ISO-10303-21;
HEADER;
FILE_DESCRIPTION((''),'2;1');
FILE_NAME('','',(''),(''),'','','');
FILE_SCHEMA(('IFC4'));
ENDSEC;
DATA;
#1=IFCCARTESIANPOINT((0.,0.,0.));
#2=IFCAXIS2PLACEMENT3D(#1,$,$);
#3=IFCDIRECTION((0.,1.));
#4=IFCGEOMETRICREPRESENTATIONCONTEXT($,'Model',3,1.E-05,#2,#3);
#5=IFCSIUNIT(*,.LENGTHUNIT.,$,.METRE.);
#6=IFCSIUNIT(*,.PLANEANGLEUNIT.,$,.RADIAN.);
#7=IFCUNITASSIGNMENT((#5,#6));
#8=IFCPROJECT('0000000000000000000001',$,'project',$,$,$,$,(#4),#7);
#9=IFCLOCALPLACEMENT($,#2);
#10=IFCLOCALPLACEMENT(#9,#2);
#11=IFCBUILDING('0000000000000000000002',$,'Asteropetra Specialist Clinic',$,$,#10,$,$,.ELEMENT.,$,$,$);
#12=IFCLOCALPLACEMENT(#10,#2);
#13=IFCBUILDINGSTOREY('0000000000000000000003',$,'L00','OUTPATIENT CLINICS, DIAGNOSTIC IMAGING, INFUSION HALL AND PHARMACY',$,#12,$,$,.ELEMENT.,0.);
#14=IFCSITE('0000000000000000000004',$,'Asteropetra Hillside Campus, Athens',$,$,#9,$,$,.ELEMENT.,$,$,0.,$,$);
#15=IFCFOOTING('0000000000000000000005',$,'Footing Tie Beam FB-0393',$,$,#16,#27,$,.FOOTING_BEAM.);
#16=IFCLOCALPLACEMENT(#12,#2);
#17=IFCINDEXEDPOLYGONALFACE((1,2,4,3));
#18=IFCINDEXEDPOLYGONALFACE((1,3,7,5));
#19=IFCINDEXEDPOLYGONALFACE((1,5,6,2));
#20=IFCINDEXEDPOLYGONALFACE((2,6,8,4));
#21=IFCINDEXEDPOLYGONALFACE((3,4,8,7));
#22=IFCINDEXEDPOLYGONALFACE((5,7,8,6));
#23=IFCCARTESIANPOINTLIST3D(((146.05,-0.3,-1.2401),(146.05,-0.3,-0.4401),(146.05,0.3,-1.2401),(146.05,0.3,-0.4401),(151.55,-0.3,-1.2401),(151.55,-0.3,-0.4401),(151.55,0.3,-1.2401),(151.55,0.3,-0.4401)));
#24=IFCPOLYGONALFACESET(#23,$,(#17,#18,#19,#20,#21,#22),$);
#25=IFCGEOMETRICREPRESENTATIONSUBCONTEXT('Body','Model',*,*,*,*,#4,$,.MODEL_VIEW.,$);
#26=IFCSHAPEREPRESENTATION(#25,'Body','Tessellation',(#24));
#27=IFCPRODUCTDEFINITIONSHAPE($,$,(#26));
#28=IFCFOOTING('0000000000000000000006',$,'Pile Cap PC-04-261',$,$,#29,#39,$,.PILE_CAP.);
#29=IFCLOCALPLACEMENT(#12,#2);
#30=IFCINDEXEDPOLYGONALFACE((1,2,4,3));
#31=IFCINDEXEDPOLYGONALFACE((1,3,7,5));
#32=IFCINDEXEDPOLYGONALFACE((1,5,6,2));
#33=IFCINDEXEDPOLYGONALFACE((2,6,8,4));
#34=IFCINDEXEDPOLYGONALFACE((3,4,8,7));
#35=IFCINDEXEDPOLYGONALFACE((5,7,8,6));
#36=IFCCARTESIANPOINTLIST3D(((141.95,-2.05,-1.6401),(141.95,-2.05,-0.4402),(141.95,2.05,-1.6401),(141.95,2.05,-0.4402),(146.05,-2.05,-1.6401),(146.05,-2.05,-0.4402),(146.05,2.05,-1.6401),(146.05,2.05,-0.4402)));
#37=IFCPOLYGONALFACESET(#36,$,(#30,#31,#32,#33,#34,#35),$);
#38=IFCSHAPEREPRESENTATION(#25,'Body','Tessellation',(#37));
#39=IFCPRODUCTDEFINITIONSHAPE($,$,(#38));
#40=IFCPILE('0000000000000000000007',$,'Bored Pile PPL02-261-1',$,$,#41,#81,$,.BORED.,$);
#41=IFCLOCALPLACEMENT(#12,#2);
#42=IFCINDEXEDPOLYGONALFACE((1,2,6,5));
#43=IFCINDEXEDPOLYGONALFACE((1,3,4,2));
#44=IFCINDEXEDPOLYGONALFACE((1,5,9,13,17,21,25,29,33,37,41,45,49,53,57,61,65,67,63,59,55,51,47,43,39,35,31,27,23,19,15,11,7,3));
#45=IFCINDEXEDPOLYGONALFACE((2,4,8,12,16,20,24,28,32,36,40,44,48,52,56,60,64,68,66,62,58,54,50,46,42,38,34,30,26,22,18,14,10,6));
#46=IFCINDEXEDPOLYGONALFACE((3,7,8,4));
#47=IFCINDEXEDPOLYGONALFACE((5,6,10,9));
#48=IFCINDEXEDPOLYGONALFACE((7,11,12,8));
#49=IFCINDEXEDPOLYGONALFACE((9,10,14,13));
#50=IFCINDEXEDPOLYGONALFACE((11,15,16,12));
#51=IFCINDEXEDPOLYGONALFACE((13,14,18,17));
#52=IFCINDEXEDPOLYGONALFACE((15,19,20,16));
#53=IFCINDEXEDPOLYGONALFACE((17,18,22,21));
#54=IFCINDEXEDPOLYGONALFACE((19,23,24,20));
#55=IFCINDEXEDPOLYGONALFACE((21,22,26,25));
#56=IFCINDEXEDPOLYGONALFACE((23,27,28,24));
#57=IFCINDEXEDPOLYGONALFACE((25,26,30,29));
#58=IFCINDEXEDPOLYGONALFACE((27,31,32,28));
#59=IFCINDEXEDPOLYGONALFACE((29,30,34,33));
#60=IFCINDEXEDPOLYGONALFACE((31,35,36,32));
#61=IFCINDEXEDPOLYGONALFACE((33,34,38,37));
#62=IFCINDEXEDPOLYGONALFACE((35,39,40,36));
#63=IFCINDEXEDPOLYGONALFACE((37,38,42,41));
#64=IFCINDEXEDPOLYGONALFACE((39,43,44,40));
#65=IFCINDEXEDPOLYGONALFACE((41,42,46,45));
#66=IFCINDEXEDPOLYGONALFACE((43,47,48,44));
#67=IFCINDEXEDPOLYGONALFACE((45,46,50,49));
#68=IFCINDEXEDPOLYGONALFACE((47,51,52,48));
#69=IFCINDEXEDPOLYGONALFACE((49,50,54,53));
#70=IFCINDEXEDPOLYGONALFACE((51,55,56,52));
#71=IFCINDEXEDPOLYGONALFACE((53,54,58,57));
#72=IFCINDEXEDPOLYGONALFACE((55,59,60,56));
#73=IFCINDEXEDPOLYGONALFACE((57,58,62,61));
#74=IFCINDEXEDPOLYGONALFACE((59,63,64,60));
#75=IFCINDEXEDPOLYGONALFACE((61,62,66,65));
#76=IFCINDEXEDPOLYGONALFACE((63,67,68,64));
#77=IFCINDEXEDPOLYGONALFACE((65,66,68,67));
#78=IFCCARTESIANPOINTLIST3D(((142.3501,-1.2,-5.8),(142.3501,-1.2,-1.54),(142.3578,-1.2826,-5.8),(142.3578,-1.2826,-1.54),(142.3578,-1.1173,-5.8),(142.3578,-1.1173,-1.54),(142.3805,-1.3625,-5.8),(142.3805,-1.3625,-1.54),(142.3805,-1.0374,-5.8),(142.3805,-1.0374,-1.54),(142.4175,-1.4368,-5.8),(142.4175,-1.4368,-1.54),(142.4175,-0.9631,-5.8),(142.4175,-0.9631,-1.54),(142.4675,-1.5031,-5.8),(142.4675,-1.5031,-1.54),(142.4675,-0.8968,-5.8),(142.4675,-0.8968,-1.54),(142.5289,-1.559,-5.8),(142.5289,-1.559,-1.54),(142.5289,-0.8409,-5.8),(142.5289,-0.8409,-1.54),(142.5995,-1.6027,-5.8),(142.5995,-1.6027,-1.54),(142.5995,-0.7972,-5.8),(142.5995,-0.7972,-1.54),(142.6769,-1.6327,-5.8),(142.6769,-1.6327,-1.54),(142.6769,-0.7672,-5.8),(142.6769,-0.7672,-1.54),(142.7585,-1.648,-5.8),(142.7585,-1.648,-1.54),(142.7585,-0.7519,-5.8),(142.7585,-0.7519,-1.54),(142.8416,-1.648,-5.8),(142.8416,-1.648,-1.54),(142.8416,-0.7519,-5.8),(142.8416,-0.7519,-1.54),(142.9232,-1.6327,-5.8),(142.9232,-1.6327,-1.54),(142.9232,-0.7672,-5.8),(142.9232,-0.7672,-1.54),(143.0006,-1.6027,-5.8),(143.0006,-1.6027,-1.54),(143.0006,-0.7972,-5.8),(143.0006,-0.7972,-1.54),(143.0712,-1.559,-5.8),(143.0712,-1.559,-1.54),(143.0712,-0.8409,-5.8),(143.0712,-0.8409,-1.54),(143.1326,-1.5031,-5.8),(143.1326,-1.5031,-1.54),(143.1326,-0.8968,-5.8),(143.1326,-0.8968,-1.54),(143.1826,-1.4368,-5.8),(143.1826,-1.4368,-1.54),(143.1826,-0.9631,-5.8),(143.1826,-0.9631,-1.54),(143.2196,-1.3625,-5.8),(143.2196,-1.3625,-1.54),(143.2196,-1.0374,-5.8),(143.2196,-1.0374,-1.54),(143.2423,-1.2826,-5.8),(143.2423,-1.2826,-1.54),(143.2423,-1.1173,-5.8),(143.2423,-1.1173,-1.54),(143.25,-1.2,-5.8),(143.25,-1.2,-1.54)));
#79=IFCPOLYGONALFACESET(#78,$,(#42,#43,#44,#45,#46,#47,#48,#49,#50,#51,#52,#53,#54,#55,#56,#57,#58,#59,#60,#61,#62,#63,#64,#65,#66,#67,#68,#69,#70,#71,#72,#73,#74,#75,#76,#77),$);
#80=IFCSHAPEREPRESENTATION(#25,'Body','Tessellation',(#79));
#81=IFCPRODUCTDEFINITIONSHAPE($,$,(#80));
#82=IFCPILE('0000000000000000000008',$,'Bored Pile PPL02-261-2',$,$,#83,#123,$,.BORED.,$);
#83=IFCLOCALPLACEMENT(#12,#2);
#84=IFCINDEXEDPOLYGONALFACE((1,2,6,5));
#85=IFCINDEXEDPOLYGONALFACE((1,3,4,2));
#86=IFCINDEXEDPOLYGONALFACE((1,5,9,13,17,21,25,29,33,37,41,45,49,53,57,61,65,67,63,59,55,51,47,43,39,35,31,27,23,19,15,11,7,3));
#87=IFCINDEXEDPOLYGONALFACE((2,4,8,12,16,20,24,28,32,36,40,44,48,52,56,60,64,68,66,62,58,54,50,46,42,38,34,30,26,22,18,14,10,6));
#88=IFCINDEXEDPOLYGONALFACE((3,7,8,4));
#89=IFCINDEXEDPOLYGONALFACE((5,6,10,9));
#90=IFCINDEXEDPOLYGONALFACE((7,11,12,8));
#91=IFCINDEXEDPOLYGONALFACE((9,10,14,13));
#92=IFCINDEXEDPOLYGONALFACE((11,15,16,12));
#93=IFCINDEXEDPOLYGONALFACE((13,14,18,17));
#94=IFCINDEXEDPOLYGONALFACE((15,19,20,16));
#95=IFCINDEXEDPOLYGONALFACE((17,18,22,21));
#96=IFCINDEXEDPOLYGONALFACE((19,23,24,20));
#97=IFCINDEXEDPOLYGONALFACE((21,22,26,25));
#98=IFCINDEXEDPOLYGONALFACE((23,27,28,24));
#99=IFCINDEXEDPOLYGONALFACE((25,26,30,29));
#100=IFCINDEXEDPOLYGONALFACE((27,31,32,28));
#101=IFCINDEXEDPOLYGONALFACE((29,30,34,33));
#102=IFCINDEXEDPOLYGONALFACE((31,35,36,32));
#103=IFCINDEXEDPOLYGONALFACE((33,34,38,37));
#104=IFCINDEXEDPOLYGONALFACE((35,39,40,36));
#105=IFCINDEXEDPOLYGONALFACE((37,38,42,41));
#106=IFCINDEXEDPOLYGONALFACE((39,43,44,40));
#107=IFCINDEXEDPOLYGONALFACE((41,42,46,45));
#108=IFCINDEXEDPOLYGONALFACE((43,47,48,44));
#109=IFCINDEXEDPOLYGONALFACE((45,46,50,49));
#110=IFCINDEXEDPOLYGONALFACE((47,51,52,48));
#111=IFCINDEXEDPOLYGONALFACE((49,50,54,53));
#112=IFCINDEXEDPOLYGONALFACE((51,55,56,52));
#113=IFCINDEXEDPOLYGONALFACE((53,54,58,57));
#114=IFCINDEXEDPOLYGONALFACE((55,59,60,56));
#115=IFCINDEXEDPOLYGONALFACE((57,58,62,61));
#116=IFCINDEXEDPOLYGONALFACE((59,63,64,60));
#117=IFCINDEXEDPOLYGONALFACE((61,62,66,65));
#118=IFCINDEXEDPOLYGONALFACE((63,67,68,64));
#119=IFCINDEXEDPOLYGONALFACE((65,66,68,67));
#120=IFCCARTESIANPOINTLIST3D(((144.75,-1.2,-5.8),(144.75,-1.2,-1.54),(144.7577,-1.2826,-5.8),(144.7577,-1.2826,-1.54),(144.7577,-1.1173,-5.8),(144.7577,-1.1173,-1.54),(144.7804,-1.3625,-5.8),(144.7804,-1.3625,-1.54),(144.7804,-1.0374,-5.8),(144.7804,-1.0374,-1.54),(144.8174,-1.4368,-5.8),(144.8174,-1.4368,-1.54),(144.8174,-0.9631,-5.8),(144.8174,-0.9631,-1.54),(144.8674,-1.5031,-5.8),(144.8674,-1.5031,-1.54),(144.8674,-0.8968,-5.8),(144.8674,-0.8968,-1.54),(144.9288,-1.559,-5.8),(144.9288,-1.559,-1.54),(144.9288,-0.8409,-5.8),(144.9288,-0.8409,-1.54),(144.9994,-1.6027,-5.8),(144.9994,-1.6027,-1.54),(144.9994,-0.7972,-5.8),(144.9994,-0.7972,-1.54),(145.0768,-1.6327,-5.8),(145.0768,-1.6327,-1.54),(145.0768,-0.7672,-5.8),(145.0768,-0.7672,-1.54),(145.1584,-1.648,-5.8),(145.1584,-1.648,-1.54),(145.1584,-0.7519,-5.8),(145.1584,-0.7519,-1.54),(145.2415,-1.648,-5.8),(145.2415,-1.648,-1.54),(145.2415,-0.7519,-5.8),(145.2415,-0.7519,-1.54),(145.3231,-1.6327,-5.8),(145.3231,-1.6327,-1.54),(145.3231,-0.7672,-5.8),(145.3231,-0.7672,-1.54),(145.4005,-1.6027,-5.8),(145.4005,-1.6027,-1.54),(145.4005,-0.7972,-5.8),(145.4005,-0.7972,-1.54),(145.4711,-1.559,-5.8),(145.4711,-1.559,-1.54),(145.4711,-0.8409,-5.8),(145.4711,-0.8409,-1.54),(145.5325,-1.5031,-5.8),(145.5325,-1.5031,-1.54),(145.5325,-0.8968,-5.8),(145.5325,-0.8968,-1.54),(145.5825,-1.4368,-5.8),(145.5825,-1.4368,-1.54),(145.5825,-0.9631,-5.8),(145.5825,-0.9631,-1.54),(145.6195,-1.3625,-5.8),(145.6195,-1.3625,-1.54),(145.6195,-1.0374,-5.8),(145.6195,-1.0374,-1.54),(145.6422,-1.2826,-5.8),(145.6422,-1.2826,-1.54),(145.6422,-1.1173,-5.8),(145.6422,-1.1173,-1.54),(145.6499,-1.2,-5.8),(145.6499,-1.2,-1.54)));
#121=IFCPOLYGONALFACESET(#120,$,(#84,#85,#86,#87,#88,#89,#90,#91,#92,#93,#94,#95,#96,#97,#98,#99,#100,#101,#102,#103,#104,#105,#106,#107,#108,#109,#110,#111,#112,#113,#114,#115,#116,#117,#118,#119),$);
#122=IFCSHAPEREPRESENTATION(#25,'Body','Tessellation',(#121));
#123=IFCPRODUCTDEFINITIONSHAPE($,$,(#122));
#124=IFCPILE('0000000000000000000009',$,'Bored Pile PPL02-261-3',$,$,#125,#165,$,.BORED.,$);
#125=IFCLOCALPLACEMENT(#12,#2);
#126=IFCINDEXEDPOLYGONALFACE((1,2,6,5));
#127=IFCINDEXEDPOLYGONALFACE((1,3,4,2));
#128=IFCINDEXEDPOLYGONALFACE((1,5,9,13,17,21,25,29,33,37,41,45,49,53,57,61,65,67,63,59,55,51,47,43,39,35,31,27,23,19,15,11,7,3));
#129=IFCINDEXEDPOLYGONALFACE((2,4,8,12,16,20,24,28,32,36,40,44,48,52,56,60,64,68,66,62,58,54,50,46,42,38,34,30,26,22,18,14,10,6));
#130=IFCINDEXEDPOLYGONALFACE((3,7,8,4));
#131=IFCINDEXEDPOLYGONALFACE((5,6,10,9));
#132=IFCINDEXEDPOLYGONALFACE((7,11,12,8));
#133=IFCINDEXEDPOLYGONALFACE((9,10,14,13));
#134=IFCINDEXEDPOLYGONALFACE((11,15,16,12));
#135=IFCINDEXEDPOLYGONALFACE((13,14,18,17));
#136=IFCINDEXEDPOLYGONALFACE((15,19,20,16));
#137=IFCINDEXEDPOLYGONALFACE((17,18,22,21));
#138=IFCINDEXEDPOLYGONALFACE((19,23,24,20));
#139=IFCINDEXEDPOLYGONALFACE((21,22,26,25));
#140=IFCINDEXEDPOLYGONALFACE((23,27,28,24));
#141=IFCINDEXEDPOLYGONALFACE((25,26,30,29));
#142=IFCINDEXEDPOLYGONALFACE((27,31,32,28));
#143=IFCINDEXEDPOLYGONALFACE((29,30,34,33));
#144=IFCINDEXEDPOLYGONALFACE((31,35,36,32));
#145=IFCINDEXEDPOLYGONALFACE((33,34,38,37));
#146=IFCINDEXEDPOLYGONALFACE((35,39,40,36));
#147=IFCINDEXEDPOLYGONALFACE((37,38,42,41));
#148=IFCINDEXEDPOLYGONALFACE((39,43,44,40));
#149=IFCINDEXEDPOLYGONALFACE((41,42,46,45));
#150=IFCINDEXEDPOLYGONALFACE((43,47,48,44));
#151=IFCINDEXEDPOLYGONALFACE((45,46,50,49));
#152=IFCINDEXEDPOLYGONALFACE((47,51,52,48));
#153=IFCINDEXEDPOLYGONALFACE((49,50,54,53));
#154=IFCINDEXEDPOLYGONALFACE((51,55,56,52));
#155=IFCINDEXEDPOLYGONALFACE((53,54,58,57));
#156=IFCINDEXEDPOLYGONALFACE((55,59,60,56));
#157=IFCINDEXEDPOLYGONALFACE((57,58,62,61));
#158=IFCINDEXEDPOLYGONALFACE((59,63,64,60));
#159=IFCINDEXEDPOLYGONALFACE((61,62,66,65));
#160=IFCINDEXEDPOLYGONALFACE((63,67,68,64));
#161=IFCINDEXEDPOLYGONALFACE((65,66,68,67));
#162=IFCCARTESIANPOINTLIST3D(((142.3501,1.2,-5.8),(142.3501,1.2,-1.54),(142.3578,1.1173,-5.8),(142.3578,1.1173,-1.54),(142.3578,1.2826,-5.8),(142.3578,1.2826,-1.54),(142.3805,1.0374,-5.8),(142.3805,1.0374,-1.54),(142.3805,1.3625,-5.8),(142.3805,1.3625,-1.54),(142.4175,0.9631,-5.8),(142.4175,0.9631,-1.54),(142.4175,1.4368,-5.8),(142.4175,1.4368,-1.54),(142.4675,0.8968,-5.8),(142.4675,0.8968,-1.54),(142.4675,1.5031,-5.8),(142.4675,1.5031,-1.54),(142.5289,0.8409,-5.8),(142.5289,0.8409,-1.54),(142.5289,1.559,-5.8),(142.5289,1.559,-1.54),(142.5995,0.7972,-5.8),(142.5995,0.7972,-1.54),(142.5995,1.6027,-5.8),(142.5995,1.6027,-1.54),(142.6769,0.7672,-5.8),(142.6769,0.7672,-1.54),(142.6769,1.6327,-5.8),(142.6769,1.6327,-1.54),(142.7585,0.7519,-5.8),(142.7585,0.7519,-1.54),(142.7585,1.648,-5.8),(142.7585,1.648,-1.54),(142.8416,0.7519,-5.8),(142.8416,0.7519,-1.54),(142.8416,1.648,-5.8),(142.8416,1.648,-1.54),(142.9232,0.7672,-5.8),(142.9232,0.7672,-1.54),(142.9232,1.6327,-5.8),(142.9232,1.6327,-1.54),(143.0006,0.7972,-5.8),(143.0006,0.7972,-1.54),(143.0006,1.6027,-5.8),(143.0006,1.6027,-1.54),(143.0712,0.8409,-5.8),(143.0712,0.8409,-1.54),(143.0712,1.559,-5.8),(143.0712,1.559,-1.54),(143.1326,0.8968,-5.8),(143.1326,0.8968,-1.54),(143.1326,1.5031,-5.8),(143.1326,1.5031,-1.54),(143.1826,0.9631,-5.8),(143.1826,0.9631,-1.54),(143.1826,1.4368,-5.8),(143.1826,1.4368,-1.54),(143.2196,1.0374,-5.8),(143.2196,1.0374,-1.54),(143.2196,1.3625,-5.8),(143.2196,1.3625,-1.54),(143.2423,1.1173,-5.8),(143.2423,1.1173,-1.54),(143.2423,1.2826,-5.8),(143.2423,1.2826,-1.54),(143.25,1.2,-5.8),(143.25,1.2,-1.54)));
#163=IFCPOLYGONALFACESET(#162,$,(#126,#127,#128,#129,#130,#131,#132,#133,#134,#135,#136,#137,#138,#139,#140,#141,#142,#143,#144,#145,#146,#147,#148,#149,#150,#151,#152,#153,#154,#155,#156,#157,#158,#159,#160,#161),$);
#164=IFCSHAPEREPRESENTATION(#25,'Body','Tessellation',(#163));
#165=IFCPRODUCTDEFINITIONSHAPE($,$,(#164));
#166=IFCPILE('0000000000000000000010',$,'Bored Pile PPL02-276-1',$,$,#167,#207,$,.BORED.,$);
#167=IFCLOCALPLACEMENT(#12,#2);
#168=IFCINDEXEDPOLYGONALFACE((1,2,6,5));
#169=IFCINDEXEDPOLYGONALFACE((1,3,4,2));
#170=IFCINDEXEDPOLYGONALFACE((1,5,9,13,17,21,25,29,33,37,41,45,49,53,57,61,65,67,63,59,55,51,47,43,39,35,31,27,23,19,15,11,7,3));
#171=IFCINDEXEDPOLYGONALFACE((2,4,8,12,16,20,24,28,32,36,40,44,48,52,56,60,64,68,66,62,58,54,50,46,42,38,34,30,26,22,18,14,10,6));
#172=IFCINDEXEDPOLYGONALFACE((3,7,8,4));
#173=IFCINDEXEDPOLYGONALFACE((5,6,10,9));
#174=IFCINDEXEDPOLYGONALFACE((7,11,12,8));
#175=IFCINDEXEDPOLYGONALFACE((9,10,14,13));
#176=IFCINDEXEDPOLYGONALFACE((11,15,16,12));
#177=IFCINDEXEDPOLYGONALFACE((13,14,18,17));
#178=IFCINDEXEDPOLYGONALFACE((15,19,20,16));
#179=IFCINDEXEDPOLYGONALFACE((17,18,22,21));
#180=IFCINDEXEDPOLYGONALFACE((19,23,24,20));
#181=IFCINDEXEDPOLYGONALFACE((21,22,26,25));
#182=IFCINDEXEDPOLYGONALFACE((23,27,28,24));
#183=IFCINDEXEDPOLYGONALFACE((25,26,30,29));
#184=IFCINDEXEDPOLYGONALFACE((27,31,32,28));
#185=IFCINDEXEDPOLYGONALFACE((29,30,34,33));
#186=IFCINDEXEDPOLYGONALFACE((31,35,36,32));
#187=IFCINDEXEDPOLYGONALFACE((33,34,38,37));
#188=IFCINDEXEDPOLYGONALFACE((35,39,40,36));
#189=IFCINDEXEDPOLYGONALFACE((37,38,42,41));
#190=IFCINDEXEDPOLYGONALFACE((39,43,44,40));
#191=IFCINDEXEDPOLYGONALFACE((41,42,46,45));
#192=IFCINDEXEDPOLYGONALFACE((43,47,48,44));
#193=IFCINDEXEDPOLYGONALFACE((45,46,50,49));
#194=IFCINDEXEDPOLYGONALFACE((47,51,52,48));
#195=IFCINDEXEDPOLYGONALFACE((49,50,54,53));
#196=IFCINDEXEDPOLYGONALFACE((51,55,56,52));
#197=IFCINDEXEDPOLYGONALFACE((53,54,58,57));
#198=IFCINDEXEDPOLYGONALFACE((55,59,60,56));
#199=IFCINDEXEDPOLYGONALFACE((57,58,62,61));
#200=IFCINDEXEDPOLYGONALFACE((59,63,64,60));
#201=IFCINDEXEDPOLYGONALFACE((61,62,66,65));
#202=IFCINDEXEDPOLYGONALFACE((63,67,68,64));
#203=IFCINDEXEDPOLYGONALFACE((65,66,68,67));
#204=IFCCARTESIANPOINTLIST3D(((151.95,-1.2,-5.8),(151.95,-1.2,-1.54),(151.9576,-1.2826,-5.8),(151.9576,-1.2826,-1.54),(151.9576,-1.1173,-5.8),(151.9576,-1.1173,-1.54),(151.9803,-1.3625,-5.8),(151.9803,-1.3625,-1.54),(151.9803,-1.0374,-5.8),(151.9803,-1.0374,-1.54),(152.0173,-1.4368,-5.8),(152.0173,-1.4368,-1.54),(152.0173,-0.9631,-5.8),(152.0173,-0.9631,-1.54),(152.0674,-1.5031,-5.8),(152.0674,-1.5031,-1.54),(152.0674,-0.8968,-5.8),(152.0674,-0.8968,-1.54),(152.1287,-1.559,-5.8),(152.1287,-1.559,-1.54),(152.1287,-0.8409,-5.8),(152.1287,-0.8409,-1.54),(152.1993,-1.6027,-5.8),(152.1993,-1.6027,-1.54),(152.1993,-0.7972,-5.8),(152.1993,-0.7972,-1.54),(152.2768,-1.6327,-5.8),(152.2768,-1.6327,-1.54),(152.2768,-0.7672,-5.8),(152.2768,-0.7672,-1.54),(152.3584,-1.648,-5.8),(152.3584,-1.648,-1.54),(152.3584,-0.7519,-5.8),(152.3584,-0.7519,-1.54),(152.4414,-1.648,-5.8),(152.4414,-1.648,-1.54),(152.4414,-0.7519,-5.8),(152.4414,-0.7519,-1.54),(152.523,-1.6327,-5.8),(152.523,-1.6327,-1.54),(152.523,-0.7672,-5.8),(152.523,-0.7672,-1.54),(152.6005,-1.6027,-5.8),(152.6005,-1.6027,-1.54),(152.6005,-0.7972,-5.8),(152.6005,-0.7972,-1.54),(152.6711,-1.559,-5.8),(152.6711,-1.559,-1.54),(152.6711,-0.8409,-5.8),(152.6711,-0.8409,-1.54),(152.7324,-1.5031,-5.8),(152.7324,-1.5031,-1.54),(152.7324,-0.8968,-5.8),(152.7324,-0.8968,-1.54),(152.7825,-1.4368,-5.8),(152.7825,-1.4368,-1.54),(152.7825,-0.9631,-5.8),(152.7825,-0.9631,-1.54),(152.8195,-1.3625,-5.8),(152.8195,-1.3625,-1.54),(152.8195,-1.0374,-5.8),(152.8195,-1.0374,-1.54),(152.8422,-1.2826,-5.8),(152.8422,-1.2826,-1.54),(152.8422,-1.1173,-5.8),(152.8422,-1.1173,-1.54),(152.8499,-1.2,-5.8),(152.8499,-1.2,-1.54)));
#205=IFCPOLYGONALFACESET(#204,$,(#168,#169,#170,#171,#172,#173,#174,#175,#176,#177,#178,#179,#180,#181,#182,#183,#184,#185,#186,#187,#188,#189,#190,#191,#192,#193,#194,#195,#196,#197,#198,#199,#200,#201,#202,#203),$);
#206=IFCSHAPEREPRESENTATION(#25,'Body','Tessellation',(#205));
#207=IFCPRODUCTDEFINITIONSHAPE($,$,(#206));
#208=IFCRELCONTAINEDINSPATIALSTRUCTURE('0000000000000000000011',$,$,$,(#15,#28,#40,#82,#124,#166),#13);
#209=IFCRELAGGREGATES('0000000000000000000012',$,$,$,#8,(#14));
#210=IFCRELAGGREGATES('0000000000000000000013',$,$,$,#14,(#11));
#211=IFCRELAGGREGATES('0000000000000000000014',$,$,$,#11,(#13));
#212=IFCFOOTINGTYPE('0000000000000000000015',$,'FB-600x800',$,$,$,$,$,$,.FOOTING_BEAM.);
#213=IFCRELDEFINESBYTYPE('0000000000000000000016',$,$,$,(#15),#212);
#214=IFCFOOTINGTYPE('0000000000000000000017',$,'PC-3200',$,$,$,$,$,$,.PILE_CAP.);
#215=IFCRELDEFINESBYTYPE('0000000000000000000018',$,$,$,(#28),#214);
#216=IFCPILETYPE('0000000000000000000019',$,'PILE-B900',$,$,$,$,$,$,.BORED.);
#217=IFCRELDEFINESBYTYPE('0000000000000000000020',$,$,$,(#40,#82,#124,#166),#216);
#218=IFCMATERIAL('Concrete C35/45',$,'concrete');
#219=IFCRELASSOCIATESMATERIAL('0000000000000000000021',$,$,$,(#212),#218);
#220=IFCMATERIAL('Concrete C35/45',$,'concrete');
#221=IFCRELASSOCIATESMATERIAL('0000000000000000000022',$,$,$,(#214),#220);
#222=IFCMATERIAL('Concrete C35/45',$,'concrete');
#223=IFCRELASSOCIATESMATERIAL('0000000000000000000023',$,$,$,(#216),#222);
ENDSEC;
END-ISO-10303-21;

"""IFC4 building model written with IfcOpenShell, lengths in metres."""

from ifc_helpers import new_model, si_unit, direction, frame, origin, origin_2d, place, context, subcontext, project, spatial, rectangle, circle, extrude, material, material_profile, profile_set, type_object, element, save


model = new_model("IFC4")

# Units and contexts
model_context = context("Model", 3, precision=1e-05, world=origin(), true_north=direction((0.0, 1.0)))
body_context = subcontext(model_context, "Body", "Model", "MODEL_VIEW")
ifc_project = project(units=[si_unit("LENGTHUNIT", "METRE"), si_unit("PLANEANGLEUNIT", "RADIAN")], contexts=[model_context])

# Site, building, storey
site_placement = place(None, origin())
site = spatial("IfcSite", under=ifc_project, at=site_placement, Name="Asteropetra Hillside Campus, Athens", CompositionType="ELEMENT", RefElevation=0.0)
building_placement = place(site_placement, origin())
building = spatial("IfcBuilding", under=site, at=building_placement, Name="Asteropetra Specialist Clinic", CompositionType="ELEMENT")
storey_placement = place(building_placement, origin())
storey = spatial("IfcBuildingStorey", under=building, at=storey_placement, Name="L00", Description="OUTPATIENT CLINICS, DIAGNOSTIC IMAGING, INFUSION HALL AND PHARMACY", CompositionType="ELEMENT", Elevation=0.0)

# Footings
ifc_material_1 = material(Name="Concrete C35/45", Category="concrete")
ifc_material_profile_1 = material_profile(ifc_material_1, rectangle(XDim=0.6001, YDim=0.8, at=origin_2d()), Name="FB 600x800")
ifc_profile_set_1 = profile_set([ifc_material_profile_1], Name="Concrete C35/45")
footing_type_1 = type_object("IfcFootingType", Name="FB-600x800", PredefinedType="FOOTING_BEAM", material=ifc_profile_set_1)
footing_1_placement = place(storey_placement, frame((146.05, 0.0, -0.8401), z_axis=(1.0, 0.0, 0.0), x_axis=(0.0, 1.0, 0.0)))
element("IfcFooting", 1, at=footing_1_placement, inside=storey, type_object=footing_type_1, Name="Footing Tie Beam FB-0393", PredefinedType="FOOTING_BEAM", context=body_context, shape_type="SweptSolid", body=[
    extrude(rectangle(XDim=0.6001, YDim=0.8, at=origin_2d()), origin(), (0.0, 0.0, 1.0), 5.5),
])
ifc_material_2 = material(Name="Concrete C35/45", Category="concrete")
footing_type_2 = type_object("IfcFootingType", Name="PC-3200", PredefinedType="PILE_CAP", material=ifc_material_2)
footing_2_placement = place(storey_placement, frame((144.0, 0.0, -1.6401), z_axis=(0.0, 0.0, 1.0), x_axis=(1.0, 0.0, 0.0)))
element("IfcFooting", 2, at=footing_2_placement, inside=storey, type_object=footing_type_2, Name="Pile Cap PC-04-261", PredefinedType="PILE_CAP", context=body_context, shape_type="SweptSolid", body=[
    extrude(rectangle(XDim=4.1001, YDim=4.1001, at=origin_2d()), origin(), (0.0, 0.0, 1.0), 1.2),
])

# Piles
ifc_material_3 = material(Name="Concrete C35/45", Category="concrete")
ifc_material_profile_2 = material_profile(ifc_material_3, circle(Radius=0.45, at=origin_2d()), Name="PILE D900")
ifc_profile_set_2 = profile_set([ifc_material_profile_2], Name="Concrete C35/45")
pile_type = type_object("IfcPileType", Name="PILE-B900", PredefinedType="BORED", material=ifc_profile_set_2)
for number, where, z_axis, x_axis, name in (
    (3, (142.8, -1.2, -1.54), (0.0, 0.0, -1.0), (1.0, 0.0, 0.0), "Bored Pile PPL02-261-1"),
    (4, (145.2, -1.2, -1.54), (0.0, 0.0, -1.0), (1.0, 0.0, 0.0), "Bored Pile PPL02-261-2"),
    (5, (142.8, 1.2, -1.54), (0.0, 0.0, -1.0), (1.0, 0.0, 0.0), "Bored Pile PPL02-261-3"),
    (6, (152.3999, -1.2, -1.54), (0.0, 0.0, -1.0), (1.0, 0.0, 0.0), "Bored Pile PPL02-276-1"),
):
    element("IfcPile", number, at=place(storey_placement, frame(where, z_axis=z_axis, x_axis=x_axis)), inside=storey, type_object=pile_type, Name=name, PredefinedType="BORED", context=body_context, shape_type="SweptSolid", body=[
        extrude(circle(Radius=0.45, at=origin_2d()), origin(), (0.0, 0.0, 1.0), 4.26),
    ])

save(model, "model.ifc")
